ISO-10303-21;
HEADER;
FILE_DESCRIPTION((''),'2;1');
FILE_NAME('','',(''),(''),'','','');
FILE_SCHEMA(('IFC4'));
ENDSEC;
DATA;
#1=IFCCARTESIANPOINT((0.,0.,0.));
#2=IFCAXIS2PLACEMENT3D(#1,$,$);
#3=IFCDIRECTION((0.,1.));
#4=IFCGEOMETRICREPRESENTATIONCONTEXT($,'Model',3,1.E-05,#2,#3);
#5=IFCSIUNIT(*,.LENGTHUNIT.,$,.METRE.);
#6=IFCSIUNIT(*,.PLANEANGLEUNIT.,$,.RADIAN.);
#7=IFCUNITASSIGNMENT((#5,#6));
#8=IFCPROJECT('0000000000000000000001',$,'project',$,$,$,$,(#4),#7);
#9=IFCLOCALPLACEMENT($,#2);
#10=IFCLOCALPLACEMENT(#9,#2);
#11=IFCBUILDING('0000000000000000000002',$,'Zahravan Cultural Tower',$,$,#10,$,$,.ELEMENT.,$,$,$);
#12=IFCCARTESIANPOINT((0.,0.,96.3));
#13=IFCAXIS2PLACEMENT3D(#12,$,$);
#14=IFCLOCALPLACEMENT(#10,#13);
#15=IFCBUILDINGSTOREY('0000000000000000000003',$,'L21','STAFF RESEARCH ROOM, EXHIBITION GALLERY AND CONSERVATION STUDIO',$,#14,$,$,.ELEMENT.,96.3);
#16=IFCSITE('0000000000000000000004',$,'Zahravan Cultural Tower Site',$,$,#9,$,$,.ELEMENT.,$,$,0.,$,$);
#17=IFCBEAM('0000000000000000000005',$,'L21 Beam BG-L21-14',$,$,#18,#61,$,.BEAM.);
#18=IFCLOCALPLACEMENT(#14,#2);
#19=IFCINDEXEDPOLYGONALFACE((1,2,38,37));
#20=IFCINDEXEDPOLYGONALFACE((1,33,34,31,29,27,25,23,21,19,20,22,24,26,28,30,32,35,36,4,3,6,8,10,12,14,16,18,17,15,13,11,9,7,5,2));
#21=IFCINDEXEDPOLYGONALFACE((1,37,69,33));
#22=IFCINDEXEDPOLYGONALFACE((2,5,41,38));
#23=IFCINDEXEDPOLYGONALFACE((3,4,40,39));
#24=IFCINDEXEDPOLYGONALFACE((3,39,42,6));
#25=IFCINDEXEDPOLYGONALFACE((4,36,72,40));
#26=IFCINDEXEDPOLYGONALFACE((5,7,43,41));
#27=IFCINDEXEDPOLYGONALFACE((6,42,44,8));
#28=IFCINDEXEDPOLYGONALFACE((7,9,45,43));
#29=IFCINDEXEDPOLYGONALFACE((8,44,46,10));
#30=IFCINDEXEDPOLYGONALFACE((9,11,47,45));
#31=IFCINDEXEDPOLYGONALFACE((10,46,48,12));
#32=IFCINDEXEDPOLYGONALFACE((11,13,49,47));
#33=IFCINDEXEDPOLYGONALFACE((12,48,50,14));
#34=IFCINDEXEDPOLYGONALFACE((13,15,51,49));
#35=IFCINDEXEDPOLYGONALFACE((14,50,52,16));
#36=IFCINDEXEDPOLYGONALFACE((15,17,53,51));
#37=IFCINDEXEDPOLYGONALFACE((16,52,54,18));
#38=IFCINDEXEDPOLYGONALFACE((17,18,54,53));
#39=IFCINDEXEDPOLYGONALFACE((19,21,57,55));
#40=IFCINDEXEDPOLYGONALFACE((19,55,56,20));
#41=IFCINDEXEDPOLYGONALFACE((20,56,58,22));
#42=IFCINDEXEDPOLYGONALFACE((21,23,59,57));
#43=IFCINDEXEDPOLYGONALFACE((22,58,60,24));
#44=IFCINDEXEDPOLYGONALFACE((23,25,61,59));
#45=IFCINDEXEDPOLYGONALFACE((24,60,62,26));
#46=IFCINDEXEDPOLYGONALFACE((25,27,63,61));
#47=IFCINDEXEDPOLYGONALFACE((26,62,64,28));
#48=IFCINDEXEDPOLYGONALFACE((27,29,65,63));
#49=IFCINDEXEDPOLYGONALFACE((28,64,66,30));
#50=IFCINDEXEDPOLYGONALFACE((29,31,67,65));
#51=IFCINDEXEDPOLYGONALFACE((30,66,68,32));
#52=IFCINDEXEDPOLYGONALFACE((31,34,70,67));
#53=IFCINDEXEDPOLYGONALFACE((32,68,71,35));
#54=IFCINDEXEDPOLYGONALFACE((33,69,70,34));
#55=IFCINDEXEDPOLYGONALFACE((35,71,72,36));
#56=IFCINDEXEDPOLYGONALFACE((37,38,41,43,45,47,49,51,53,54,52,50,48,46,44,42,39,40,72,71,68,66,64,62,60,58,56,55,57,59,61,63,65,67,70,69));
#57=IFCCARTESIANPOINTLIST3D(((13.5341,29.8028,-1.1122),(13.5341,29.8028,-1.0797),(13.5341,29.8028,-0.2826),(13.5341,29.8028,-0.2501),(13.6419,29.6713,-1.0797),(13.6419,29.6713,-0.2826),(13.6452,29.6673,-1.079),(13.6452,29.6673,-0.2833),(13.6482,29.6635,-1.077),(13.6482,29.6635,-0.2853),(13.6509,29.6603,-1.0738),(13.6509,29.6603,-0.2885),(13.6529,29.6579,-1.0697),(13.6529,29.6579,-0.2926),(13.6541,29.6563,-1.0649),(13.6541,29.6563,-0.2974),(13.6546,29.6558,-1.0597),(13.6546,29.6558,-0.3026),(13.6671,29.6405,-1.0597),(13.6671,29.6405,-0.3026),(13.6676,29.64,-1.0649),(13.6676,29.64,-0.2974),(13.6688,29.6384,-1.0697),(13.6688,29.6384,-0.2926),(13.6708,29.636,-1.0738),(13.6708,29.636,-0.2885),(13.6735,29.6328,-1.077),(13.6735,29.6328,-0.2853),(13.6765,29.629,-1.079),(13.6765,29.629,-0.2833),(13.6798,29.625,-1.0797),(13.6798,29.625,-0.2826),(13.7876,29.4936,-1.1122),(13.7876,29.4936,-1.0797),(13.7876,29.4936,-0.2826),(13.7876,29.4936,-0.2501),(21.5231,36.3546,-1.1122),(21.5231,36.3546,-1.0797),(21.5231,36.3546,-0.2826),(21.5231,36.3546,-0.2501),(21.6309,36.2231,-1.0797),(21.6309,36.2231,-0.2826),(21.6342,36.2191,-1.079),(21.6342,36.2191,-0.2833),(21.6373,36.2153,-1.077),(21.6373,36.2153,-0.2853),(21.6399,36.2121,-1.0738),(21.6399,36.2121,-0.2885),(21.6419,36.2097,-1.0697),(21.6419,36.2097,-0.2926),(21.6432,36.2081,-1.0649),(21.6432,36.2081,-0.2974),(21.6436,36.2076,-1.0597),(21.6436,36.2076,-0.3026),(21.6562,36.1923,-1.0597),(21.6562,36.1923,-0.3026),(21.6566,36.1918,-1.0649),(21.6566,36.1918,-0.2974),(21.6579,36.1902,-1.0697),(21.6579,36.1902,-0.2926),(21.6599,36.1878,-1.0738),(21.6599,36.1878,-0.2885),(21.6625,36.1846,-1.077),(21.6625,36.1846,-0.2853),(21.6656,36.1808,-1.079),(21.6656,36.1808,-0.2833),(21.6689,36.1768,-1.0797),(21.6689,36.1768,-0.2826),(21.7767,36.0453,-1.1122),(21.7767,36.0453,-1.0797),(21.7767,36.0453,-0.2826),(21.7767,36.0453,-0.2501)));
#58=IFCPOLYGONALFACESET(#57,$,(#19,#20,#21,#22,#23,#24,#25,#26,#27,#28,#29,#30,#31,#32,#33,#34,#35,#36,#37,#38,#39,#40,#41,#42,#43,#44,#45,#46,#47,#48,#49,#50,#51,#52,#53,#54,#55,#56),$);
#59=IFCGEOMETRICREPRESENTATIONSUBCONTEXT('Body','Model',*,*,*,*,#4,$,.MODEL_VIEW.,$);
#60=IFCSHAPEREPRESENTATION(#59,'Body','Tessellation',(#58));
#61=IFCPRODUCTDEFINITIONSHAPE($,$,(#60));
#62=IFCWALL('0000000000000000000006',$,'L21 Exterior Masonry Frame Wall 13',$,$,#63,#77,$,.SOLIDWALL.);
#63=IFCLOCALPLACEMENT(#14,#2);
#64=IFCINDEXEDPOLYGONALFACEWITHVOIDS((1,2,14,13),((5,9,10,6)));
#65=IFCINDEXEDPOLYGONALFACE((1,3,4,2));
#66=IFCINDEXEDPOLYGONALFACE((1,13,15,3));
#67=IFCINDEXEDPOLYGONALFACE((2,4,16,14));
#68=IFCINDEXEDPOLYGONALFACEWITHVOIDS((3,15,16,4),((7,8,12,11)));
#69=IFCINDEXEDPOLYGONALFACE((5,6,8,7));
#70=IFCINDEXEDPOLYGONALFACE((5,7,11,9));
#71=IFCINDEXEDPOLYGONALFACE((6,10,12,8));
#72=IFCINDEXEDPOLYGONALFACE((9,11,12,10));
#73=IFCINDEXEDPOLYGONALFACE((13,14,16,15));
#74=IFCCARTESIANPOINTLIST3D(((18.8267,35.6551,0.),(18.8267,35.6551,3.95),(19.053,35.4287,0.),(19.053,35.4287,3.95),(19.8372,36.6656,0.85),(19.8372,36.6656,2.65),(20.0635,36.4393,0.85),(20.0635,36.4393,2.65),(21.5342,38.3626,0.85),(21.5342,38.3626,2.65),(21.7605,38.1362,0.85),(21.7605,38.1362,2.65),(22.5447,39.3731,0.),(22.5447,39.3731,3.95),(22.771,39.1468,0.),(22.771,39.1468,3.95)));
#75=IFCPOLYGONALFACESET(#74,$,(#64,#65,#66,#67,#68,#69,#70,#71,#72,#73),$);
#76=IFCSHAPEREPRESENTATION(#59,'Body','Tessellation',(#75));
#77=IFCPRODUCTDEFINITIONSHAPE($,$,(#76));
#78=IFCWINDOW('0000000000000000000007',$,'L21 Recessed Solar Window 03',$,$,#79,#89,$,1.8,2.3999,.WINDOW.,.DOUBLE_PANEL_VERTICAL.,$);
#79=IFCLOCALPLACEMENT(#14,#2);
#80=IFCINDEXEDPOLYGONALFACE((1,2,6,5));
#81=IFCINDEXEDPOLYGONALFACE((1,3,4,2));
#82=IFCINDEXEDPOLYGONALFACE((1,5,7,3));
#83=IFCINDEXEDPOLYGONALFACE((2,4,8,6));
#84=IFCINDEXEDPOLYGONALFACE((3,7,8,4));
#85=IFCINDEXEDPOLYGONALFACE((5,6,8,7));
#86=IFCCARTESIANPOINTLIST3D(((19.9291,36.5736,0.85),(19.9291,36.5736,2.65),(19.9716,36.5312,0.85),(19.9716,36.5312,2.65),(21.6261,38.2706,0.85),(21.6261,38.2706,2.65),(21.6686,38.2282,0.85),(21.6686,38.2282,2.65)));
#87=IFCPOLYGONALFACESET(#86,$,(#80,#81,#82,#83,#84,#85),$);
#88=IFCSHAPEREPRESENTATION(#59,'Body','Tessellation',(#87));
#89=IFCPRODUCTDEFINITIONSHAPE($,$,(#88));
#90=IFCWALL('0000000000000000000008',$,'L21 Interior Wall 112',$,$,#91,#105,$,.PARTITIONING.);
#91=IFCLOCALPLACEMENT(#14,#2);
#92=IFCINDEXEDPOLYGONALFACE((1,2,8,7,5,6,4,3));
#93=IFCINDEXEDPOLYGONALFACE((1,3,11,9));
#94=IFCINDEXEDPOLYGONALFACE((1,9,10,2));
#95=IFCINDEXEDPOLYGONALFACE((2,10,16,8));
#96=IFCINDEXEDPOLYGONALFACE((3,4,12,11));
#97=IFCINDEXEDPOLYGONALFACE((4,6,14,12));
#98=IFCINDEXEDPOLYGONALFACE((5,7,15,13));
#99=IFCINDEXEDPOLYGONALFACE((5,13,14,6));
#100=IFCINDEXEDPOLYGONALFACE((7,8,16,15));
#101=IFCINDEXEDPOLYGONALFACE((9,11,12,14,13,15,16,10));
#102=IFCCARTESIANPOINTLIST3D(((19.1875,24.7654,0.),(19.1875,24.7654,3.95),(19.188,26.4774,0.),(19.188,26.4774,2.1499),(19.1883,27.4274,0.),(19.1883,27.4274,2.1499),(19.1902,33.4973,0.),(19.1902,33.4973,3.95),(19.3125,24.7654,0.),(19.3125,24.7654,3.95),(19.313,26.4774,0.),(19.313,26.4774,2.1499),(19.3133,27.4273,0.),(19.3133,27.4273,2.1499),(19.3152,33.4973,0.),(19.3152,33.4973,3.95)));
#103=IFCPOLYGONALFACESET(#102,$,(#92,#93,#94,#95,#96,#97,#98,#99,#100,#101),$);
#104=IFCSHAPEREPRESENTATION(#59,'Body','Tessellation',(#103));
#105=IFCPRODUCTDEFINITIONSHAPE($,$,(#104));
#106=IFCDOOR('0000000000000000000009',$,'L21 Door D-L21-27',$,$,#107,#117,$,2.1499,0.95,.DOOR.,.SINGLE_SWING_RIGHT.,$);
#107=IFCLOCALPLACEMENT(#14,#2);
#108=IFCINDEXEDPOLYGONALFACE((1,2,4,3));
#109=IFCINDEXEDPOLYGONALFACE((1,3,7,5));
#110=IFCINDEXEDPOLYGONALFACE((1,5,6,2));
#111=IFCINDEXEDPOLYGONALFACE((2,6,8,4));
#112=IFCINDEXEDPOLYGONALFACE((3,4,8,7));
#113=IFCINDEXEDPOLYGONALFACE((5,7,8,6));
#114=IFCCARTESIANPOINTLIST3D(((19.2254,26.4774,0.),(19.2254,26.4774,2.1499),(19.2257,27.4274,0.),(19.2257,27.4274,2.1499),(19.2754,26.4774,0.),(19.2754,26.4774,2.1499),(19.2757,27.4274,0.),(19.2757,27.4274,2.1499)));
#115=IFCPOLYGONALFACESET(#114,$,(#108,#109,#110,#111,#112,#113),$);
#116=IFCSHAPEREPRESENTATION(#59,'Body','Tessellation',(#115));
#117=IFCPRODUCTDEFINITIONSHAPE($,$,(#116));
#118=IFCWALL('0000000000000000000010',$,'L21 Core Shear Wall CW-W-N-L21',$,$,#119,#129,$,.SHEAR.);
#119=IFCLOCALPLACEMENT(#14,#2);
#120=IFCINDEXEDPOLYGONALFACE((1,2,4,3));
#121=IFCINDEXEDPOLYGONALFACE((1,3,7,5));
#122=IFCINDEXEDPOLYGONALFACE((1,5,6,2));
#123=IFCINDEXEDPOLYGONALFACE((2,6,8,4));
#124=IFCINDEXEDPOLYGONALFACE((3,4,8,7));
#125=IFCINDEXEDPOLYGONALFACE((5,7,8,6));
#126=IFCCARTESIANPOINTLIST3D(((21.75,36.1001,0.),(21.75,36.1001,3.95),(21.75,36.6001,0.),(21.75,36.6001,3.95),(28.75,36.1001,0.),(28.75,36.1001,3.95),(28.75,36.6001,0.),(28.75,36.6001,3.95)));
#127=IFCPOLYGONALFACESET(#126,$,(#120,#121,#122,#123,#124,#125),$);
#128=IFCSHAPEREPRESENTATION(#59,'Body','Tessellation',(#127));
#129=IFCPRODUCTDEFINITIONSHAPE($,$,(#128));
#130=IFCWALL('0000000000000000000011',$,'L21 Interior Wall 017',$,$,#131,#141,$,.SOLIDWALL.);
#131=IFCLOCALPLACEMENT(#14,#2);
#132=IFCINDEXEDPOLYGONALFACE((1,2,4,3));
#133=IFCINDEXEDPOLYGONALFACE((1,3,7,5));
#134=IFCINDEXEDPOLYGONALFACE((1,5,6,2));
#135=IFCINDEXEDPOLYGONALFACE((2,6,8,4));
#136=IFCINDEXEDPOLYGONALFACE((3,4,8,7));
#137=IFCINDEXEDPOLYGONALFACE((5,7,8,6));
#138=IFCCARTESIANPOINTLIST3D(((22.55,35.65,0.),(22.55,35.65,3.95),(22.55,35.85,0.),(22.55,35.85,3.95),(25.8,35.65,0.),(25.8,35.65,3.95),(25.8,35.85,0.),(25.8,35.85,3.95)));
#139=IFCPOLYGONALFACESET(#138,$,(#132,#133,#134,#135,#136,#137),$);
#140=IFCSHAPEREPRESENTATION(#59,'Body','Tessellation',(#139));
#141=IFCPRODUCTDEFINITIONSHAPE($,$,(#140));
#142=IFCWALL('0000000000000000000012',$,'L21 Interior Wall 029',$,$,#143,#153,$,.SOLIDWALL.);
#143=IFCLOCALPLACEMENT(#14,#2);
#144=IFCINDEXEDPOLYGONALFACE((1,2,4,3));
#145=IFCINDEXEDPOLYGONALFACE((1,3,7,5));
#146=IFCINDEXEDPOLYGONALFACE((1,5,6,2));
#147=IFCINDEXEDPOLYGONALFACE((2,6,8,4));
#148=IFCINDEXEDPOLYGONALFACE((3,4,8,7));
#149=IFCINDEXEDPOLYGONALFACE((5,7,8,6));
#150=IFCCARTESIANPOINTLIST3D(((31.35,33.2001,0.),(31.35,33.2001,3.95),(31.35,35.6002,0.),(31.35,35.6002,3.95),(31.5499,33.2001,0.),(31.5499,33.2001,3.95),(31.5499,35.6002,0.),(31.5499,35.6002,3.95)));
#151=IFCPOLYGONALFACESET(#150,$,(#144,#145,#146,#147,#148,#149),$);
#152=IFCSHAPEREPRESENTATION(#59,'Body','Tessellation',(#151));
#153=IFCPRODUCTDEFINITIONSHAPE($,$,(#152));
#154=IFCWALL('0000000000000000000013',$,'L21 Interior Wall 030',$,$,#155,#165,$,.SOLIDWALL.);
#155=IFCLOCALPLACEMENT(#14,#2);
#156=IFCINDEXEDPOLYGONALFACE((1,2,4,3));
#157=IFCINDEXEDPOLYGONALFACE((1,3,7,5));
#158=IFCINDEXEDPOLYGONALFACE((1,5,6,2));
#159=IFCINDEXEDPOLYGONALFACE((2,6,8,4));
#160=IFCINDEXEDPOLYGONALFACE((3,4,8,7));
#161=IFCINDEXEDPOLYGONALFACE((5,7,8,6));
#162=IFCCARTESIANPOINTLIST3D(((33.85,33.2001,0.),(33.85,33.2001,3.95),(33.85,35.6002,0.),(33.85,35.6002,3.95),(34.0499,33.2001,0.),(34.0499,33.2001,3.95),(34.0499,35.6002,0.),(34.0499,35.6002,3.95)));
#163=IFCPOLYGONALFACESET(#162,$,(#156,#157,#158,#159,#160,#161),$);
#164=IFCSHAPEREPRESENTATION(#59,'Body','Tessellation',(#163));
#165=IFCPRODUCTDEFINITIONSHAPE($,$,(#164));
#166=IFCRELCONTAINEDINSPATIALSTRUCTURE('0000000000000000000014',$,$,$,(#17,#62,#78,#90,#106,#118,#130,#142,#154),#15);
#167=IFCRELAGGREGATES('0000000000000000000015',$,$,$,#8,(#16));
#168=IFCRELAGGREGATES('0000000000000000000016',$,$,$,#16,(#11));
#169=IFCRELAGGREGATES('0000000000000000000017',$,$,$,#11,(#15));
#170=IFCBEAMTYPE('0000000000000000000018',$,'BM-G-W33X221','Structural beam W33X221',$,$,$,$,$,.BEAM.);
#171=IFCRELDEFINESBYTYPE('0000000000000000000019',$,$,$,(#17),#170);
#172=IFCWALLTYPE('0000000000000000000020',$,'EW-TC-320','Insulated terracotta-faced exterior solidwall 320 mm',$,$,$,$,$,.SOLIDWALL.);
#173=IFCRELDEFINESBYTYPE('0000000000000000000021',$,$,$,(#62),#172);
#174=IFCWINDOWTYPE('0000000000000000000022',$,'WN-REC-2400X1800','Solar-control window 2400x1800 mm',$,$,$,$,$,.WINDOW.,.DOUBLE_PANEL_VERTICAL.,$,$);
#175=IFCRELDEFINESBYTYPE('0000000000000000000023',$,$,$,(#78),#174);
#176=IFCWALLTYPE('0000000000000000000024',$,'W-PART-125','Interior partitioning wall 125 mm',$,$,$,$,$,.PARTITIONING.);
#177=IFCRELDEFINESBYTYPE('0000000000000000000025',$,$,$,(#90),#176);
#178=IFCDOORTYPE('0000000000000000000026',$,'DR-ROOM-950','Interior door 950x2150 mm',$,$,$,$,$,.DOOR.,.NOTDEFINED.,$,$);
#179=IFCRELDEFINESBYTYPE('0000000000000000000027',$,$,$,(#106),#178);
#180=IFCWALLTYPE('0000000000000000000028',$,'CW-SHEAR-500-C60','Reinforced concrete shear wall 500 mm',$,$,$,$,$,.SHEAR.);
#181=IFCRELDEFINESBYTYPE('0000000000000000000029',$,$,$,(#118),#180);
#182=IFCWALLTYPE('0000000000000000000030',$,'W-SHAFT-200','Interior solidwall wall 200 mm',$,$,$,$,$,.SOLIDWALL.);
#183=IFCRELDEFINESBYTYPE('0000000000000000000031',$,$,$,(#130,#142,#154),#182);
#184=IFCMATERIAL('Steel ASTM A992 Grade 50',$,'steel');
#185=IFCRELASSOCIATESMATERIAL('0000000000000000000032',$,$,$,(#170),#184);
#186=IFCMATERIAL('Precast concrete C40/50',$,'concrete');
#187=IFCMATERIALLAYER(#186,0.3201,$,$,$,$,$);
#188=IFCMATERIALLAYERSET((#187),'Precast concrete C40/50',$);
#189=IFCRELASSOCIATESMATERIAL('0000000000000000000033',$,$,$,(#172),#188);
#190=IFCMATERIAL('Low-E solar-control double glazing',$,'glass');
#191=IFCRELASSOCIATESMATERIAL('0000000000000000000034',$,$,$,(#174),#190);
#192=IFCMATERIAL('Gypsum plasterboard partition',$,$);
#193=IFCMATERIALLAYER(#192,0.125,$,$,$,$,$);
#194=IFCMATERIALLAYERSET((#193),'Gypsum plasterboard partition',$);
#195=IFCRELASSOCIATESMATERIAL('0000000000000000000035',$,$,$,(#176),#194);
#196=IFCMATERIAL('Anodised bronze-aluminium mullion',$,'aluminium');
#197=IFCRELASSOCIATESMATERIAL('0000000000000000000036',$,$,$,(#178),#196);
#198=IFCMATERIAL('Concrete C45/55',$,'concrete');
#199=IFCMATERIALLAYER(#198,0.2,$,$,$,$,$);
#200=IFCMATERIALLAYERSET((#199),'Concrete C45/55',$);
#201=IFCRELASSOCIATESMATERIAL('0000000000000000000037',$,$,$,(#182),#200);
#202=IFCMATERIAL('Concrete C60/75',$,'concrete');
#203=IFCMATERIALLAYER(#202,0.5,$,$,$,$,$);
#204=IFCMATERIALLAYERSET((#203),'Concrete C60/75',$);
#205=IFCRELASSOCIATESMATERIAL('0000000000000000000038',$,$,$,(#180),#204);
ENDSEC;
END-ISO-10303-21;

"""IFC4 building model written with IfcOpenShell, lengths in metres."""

from ifc_helpers import new_model, si_unit, direction, frame, frame_2d, origin, origin_2d, place, context, subcontext, project, spatial, rectangle, i_section, extrude, source, transform, mapped, material, layer, layer_set, material_profile, profile_set, type_object, element, fill, save


model = new_model("IFC4")

# Units and contexts
model_context = context("Model", 3, precision=1e-05, world=origin(), true_north=direction((0.0, 1.0)))
body_context = subcontext(model_context, "Body", "Model", "MODEL_VIEW")
ifc_project = project(units=[si_unit("LENGTHUNIT", "METRE"), si_unit("PLANEANGLEUNIT", "RADIAN")], contexts=[model_context])

# Site, building, storey
site_placement = place(None, origin())
site = spatial("IfcSite", under=ifc_project, at=site_placement, Name="Zahravan Cultural Tower Site", CompositionType="ELEMENT", RefElevation=0.0)
building_placement = place(site_placement, origin())
building = spatial("IfcBuilding", under=site, at=building_placement, Name="Zahravan Cultural Tower", CompositionType="ELEMENT")
storey_placement = place(building_placement, frame((0.0, 0.0, 96.3)))
storey = spatial("IfcBuildingStorey", under=building, at=storey_placement, Name="L21", Description="STAFF RESEARCH ROOM, EXHIBITION GALLERY AND CONSERVATION STUDIO", CompositionType="ELEMENT", Elevation=96.3)

# Shared definitions
ifc_material_1 = material(Name="Concrete C60/75", Category="concrete")

# Beam
ifc_material_2 = material(Name="Steel ASTM A992 Grade 50", Category="steel")
ifc_material_profile_1 = material_profile(ifc_material_2, i_section(OverallWidth=0.3999, OverallDepth=0.8621, WebThickness=0.0198, FlangeThickness=0.0325, FilletRadius=0.02, at=origin_2d()), Name="W33X221")
ifc_profile_set_1 = profile_set([ifc_material_profile_1], Name="Steel ASTM A992 Grade 50")
beam_type_1 = type_object("IfcBeamType", Name="BM-G-W33X221", Description="Structural beam W33X221", PredefinedType="BEAM", material=ifc_profile_set_1)
shared_shape_1 = source(origin(), body_context, "Body", "SweptSolid", [
    extrude(i_section(OverallWidth=0.3999, OverallDepth=0.8621, WebThickness=0.0198, FlangeThickness=0.0325, FilletRadius=0.02, at=origin_2d()), origin(), (0.0, 0.0, 1.0), 10.332),
])
beam_1_placement = place(storey_placement, frame((21.6499, 36.2, -0.6812), z_axis=(-0.773231, -0.634124, 0.0), x_axis=(0.634124, -0.773231, 0.0)))
element("IfcBeam", 1, at=beam_1_placement, inside=storey, type_object=beam_type_1, Name="L21 Beam BG-L21-14", PredefinedType="BEAM", context=body_context, shape_type="MappedRepresentation", body=[
    mapped(shared_shape_1, transform((0.0, 0.0, 0.0), x_axis=(1.0, 0.0, 0.0), y_axis=(0.0, 1.0, 0.0), z_axis=(0.0, 0.0, 1.0), scale=1.0)),
])

# Wall, opening, window
ifc_material_3 = material(Name="Precast concrete C40/50", Category="concrete")
ifc_layer_1 = layer(ifc_material_3, 0.3201)
ifc_layer_set_1 = layer_set([ifc_layer_1], Name="Precast concrete C40/50")
wall_type_1 = type_object("IfcWallType", Name="EW-TC-320", Description="Insulated terracotta-faced exterior solidwall 320 mm", PredefinedType="SOLIDWALL", material=ifc_layer_set_1)
wall_1_placement = place(storey_placement, frame((18.9399, 35.542, 0.0), z_axis=(0.0, 0.0, 1.0), x_axis=(0.707107, 0.707107, 0.0)))
wall_1 = element("IfcWall", 2, at=wall_1_placement, inside=storey, type_object=wall_type_1, Name="L21 Exterior Masonry Frame Wall 13", PredefinedType="SOLIDWALL", context=body_context, shape_type="SweptSolid", body=[
    extrude(rectangle(XDim=5.2581, YDim=0.3201, at=frame_2d((2.6289, 0.0))), origin(), (0.0, 0.0, 1.0), 3.95),
])
opening_1_placement = place(wall_1_placement, frame((1.429, 0.0, 0.8501)))
opening_1 = element("IfcOpeningElement", 3, at=opening_1_placement, cuts=wall_1, PredefinedType="OPENING", context=body_context, shape_type="SweptSolid", body=[
    extrude(rectangle(XDim=2.3999, YDim=1.8, at=frame_2d((1.2, 0.8999))), frame((0.0, 0.1699, 0.0), z_axis=(0.0, -1.0, 0.0), x_axis=(1.0, 0.0, 0.0)), (0.0, 0.0, 1.0), 0.3401),
])
ifc_material_4 = material(Name="Low-E solar-control double glazing", Category="glass")
window_type = type_object("IfcWindowType", Name="WN-REC-2400X1800", Description="Solar-control window 2400x1800 mm", PartitioningType="DOUBLE_PANEL_VERTICAL", PredefinedType="WINDOW", material=ifc_material_4)
shared_shape_2 = source(origin(), body_context, "Body", "SweptSolid", [
    extrude(rectangle(XDim=2.3999, YDim=1.8, at=frame_2d((1.2, 0.8999))), frame((0.0, 0.03, 0.0), z_axis=(0.0, -1.0, 0.0), x_axis=(1.0, 0.0, 0.0)), (0.0, 0.0, 1.0), 0.0601),
])
window_placement = place(opening_1_placement, origin())
window = element("IfcWindow", 4, at=window_placement, inside=storey, type_object=window_type, Name="L21 Recessed Solar Window 03", OverallHeight=1.8, OverallWidth=2.3999, PartitioningType="DOUBLE_PANEL_VERTICAL", PredefinedType="WINDOW", context=body_context, shape_type="MappedRepresentation", body=[
    mapped(shared_shape_2, transform((0.0, 0.0, 0.0), x_axis=(1.0, 0.0, 0.0), y_axis=(0.0, 1.0, 0.0), z_axis=(0.0, 0.0, 1.0), scale=1.0)),
])
fill(opening_1, window)

# Wall, opening, door
ifc_material_5 = material(Name="Gypsum plasterboard partition")
ifc_layer_2 = layer(ifc_material_5, 0.125)
ifc_layer_set_2 = layer_set([ifc_layer_2], Name="Gypsum plasterboard partition")
wall_type_2 = type_object("IfcWallType", Name="W-PART-125", Description="Interior partitioning wall 125 mm", PredefinedType="PARTITIONING", material=ifc_layer_set_2)
ifc_material_6 = material(Name="Anodised bronze-aluminium mullion", Category="aluminium")
door_type_1 = type_object("IfcDoorType", Name="DR-ROOM-950", Description="Interior door 950x2150 mm", OperationType="NOTDEFINED", PredefinedType="DOOR", material=ifc_material_6)
shared_shape_3 = source(origin(), body_context, "Body", "SweptSolid", [
    extrude(rectangle(XDim=0.95, YDim=2.1499, at=frame_2d((0.4751, 1.075))), frame((0.0, 0.0249, 0.0), z_axis=(0.0, -1.0, 0.0), x_axis=(1.0, 0.0, 0.0)), (0.0, 0.0, 1.0), 0.05),
])
wall_2_placement = place(storey_placement, frame((19.2527, 33.4973, 0.0), z_axis=(0.0, 0.0, 1.0), x_axis=(-0.000308, -1.0, 0.0)))
wall_2 = element("IfcWall", 5, at=wall_2_placement, inside=storey, type_object=wall_type_2, Name="L21 Interior Wall 112", PredefinedType="PARTITIONING", context=body_context, shape_type="SweptSolid", body=[
    extrude(rectangle(XDim=8.7319, YDim=0.125, at=frame_2d((4.366, 0.0))), origin(), (0.0, 0.0, 1.0), 3.95),
])
opening_2_placement = place(wall_2_placement, frame((6.0698, 0.0, 0.0)))
opening_2 = element("IfcOpeningElement", 6, at=opening_2_placement, cuts=wall_2, PredefinedType="OPENING", context=body_context, shape_type="SweptSolid", body=[
    extrude(rectangle(XDim=0.95, YDim=2.1499, at=frame_2d((0.4751, 1.075))), frame((0.0, 0.0725, 0.0), z_axis=(0.0, -1.0, 0.0), x_axis=(1.0, 0.0, 0.0)), (0.0, 0.0, 1.0), 0.145),
])
door_1_placement = place(opening_2_placement, origin())
door_1 = element("IfcDoor", 7, at=door_1_placement, inside=storey, type_object=door_type_1, Name="L21 Door D-L21-27", OperationType="SINGLE_SWING_RIGHT", OverallHeight=2.1499, OverallWidth=0.95, PredefinedType="DOOR", context=body_context, shape_type="MappedRepresentation", body=[
    mapped(shared_shape_3, transform((0.0, 0.0, 0.0), x_axis=(1.0, 0.0, 0.0), y_axis=(0.0, 1.0, 0.0), z_axis=(0.0, 0.0, 1.0), scale=1.0)),
])
fill(opening_2, door_1)
ifc_material_7 = material(Name="Concrete C45/55", Category="concrete")
ifc_layer_3 = layer(ifc_material_7, 0.2)
ifc_layer_set_3 = layer_set([ifc_layer_3], Name="Concrete C45/55")
wall_type_3 = type_object("IfcWallType", Name="W-SHAFT-200", Description="Interior solidwall wall 200 mm", PredefinedType="SOLIDWALL", material=ifc_layer_set_3)

# Walls
ifc_layer_4 = layer(ifc_material_1, 0.5)
ifc_layer_set_4 = layer_set([ifc_layer_4], Name="Concrete C60/75")
wall_type_4 = type_object("IfcWallType", Name="CW-SHEAR-500-C60", Description="Reinforced concrete shear wall 500 mm", PredefinedType="SHEAR", material=ifc_layer_set_4)
shared_shape_4 = source(origin(), body_context, "Body", "SweptSolid", [
    extrude(rectangle(XDim=7.0, YDim=0.5, at=frame_2d((3.5, 0.0))), origin(), (0.0, 0.0, 1.0), 3.95),
])
wall_3_placement = place(storey_placement, frame((21.75, 36.3501, 0.0), z_axis=(0.0, 0.0, 1.0), x_axis=(1.0, 0.0, 0.0)))
element("IfcWall", 8, at=wall_3_placement, inside=storey, type_object=wall_type_4, Name="L21 Core Shear Wall CW-W-N-L21", PredefinedType="SHEAR", context=body_context, shape_type="MappedRepresentation", body=[
    mapped(shared_shape_4, transform((0.0, 0.0, 0.0), x_axis=(1.0, 0.0, 0.0), y_axis=(0.0, 1.0, 0.0), z_axis=(0.0, 0.0, 1.0), scale=1.0)),
])
shared_shape_5 = source(origin(), body_context, "Body", "SweptSolid", [
    extrude(rectangle(XDim=3.25, YDim=0.2, at=frame_2d((1.625, 0.0))), origin(), (0.0, 0.0, 1.0), 3.95),
])
wall_4_placement = place(storey_placement, frame((22.55, 35.75, 0.0), z_axis=(0.0, 0.0, 1.0), x_axis=(1.0, 0.0, 0.0)))
element("IfcWall", 9, at=wall_4_placement, inside=storey, type_object=wall_type_3, Name="L21 Interior Wall 017", PredefinedType="SOLIDWALL", context=body_context, shape_type="MappedRepresentation", body=[
    mapped(shared_shape_5, transform((0.0, 0.0, 0.0), x_axis=(1.0, 0.0, 0.0), y_axis=(0.0, 1.0, 0.0), z_axis=(0.0, 0.0, 1.0), scale=1.0)),
])
shared_shape_6 = source(origin(), body_context, "Body", "SweptSolid", [
    extrude(rectangle(XDim=2.4001, YDim=0.2, at=frame_2d((1.2002, 0.0))), origin(), (0.0, 0.0, 1.0), 3.95),
])
for number, where, z_axis, x_axis, name in (
    (10, (31.45, 33.2, 0.0), (0.0, 0.0, 1.0), (0.0, 1.0, 0.0), "L21 Interior Wall 029"),
    (11, (33.95, 33.2, 0.0), (0.0, 0.0, 1.0), (0.0, 1.0, 0.0), "L21 Interior Wall 030"),
):
    element("IfcWall", number, at=place(storey_placement, frame(where, z_axis=z_axis, x_axis=x_axis)), inside=storey, type_object=wall_type_3, Name=name, PredefinedType="SOLIDWALL", context=body_context, shape_type="MappedRepresentation", body=[
        mapped(shared_shape_6, transform((0.0, 0.0, 0.0), x_axis=(1.0, 0.0, 0.0), y_axis=(0.0, 1.0, 0.0), z_axis=(0.0, 0.0, 1.0), scale=1.0)),
    ])

save(model, "model.ifc")
